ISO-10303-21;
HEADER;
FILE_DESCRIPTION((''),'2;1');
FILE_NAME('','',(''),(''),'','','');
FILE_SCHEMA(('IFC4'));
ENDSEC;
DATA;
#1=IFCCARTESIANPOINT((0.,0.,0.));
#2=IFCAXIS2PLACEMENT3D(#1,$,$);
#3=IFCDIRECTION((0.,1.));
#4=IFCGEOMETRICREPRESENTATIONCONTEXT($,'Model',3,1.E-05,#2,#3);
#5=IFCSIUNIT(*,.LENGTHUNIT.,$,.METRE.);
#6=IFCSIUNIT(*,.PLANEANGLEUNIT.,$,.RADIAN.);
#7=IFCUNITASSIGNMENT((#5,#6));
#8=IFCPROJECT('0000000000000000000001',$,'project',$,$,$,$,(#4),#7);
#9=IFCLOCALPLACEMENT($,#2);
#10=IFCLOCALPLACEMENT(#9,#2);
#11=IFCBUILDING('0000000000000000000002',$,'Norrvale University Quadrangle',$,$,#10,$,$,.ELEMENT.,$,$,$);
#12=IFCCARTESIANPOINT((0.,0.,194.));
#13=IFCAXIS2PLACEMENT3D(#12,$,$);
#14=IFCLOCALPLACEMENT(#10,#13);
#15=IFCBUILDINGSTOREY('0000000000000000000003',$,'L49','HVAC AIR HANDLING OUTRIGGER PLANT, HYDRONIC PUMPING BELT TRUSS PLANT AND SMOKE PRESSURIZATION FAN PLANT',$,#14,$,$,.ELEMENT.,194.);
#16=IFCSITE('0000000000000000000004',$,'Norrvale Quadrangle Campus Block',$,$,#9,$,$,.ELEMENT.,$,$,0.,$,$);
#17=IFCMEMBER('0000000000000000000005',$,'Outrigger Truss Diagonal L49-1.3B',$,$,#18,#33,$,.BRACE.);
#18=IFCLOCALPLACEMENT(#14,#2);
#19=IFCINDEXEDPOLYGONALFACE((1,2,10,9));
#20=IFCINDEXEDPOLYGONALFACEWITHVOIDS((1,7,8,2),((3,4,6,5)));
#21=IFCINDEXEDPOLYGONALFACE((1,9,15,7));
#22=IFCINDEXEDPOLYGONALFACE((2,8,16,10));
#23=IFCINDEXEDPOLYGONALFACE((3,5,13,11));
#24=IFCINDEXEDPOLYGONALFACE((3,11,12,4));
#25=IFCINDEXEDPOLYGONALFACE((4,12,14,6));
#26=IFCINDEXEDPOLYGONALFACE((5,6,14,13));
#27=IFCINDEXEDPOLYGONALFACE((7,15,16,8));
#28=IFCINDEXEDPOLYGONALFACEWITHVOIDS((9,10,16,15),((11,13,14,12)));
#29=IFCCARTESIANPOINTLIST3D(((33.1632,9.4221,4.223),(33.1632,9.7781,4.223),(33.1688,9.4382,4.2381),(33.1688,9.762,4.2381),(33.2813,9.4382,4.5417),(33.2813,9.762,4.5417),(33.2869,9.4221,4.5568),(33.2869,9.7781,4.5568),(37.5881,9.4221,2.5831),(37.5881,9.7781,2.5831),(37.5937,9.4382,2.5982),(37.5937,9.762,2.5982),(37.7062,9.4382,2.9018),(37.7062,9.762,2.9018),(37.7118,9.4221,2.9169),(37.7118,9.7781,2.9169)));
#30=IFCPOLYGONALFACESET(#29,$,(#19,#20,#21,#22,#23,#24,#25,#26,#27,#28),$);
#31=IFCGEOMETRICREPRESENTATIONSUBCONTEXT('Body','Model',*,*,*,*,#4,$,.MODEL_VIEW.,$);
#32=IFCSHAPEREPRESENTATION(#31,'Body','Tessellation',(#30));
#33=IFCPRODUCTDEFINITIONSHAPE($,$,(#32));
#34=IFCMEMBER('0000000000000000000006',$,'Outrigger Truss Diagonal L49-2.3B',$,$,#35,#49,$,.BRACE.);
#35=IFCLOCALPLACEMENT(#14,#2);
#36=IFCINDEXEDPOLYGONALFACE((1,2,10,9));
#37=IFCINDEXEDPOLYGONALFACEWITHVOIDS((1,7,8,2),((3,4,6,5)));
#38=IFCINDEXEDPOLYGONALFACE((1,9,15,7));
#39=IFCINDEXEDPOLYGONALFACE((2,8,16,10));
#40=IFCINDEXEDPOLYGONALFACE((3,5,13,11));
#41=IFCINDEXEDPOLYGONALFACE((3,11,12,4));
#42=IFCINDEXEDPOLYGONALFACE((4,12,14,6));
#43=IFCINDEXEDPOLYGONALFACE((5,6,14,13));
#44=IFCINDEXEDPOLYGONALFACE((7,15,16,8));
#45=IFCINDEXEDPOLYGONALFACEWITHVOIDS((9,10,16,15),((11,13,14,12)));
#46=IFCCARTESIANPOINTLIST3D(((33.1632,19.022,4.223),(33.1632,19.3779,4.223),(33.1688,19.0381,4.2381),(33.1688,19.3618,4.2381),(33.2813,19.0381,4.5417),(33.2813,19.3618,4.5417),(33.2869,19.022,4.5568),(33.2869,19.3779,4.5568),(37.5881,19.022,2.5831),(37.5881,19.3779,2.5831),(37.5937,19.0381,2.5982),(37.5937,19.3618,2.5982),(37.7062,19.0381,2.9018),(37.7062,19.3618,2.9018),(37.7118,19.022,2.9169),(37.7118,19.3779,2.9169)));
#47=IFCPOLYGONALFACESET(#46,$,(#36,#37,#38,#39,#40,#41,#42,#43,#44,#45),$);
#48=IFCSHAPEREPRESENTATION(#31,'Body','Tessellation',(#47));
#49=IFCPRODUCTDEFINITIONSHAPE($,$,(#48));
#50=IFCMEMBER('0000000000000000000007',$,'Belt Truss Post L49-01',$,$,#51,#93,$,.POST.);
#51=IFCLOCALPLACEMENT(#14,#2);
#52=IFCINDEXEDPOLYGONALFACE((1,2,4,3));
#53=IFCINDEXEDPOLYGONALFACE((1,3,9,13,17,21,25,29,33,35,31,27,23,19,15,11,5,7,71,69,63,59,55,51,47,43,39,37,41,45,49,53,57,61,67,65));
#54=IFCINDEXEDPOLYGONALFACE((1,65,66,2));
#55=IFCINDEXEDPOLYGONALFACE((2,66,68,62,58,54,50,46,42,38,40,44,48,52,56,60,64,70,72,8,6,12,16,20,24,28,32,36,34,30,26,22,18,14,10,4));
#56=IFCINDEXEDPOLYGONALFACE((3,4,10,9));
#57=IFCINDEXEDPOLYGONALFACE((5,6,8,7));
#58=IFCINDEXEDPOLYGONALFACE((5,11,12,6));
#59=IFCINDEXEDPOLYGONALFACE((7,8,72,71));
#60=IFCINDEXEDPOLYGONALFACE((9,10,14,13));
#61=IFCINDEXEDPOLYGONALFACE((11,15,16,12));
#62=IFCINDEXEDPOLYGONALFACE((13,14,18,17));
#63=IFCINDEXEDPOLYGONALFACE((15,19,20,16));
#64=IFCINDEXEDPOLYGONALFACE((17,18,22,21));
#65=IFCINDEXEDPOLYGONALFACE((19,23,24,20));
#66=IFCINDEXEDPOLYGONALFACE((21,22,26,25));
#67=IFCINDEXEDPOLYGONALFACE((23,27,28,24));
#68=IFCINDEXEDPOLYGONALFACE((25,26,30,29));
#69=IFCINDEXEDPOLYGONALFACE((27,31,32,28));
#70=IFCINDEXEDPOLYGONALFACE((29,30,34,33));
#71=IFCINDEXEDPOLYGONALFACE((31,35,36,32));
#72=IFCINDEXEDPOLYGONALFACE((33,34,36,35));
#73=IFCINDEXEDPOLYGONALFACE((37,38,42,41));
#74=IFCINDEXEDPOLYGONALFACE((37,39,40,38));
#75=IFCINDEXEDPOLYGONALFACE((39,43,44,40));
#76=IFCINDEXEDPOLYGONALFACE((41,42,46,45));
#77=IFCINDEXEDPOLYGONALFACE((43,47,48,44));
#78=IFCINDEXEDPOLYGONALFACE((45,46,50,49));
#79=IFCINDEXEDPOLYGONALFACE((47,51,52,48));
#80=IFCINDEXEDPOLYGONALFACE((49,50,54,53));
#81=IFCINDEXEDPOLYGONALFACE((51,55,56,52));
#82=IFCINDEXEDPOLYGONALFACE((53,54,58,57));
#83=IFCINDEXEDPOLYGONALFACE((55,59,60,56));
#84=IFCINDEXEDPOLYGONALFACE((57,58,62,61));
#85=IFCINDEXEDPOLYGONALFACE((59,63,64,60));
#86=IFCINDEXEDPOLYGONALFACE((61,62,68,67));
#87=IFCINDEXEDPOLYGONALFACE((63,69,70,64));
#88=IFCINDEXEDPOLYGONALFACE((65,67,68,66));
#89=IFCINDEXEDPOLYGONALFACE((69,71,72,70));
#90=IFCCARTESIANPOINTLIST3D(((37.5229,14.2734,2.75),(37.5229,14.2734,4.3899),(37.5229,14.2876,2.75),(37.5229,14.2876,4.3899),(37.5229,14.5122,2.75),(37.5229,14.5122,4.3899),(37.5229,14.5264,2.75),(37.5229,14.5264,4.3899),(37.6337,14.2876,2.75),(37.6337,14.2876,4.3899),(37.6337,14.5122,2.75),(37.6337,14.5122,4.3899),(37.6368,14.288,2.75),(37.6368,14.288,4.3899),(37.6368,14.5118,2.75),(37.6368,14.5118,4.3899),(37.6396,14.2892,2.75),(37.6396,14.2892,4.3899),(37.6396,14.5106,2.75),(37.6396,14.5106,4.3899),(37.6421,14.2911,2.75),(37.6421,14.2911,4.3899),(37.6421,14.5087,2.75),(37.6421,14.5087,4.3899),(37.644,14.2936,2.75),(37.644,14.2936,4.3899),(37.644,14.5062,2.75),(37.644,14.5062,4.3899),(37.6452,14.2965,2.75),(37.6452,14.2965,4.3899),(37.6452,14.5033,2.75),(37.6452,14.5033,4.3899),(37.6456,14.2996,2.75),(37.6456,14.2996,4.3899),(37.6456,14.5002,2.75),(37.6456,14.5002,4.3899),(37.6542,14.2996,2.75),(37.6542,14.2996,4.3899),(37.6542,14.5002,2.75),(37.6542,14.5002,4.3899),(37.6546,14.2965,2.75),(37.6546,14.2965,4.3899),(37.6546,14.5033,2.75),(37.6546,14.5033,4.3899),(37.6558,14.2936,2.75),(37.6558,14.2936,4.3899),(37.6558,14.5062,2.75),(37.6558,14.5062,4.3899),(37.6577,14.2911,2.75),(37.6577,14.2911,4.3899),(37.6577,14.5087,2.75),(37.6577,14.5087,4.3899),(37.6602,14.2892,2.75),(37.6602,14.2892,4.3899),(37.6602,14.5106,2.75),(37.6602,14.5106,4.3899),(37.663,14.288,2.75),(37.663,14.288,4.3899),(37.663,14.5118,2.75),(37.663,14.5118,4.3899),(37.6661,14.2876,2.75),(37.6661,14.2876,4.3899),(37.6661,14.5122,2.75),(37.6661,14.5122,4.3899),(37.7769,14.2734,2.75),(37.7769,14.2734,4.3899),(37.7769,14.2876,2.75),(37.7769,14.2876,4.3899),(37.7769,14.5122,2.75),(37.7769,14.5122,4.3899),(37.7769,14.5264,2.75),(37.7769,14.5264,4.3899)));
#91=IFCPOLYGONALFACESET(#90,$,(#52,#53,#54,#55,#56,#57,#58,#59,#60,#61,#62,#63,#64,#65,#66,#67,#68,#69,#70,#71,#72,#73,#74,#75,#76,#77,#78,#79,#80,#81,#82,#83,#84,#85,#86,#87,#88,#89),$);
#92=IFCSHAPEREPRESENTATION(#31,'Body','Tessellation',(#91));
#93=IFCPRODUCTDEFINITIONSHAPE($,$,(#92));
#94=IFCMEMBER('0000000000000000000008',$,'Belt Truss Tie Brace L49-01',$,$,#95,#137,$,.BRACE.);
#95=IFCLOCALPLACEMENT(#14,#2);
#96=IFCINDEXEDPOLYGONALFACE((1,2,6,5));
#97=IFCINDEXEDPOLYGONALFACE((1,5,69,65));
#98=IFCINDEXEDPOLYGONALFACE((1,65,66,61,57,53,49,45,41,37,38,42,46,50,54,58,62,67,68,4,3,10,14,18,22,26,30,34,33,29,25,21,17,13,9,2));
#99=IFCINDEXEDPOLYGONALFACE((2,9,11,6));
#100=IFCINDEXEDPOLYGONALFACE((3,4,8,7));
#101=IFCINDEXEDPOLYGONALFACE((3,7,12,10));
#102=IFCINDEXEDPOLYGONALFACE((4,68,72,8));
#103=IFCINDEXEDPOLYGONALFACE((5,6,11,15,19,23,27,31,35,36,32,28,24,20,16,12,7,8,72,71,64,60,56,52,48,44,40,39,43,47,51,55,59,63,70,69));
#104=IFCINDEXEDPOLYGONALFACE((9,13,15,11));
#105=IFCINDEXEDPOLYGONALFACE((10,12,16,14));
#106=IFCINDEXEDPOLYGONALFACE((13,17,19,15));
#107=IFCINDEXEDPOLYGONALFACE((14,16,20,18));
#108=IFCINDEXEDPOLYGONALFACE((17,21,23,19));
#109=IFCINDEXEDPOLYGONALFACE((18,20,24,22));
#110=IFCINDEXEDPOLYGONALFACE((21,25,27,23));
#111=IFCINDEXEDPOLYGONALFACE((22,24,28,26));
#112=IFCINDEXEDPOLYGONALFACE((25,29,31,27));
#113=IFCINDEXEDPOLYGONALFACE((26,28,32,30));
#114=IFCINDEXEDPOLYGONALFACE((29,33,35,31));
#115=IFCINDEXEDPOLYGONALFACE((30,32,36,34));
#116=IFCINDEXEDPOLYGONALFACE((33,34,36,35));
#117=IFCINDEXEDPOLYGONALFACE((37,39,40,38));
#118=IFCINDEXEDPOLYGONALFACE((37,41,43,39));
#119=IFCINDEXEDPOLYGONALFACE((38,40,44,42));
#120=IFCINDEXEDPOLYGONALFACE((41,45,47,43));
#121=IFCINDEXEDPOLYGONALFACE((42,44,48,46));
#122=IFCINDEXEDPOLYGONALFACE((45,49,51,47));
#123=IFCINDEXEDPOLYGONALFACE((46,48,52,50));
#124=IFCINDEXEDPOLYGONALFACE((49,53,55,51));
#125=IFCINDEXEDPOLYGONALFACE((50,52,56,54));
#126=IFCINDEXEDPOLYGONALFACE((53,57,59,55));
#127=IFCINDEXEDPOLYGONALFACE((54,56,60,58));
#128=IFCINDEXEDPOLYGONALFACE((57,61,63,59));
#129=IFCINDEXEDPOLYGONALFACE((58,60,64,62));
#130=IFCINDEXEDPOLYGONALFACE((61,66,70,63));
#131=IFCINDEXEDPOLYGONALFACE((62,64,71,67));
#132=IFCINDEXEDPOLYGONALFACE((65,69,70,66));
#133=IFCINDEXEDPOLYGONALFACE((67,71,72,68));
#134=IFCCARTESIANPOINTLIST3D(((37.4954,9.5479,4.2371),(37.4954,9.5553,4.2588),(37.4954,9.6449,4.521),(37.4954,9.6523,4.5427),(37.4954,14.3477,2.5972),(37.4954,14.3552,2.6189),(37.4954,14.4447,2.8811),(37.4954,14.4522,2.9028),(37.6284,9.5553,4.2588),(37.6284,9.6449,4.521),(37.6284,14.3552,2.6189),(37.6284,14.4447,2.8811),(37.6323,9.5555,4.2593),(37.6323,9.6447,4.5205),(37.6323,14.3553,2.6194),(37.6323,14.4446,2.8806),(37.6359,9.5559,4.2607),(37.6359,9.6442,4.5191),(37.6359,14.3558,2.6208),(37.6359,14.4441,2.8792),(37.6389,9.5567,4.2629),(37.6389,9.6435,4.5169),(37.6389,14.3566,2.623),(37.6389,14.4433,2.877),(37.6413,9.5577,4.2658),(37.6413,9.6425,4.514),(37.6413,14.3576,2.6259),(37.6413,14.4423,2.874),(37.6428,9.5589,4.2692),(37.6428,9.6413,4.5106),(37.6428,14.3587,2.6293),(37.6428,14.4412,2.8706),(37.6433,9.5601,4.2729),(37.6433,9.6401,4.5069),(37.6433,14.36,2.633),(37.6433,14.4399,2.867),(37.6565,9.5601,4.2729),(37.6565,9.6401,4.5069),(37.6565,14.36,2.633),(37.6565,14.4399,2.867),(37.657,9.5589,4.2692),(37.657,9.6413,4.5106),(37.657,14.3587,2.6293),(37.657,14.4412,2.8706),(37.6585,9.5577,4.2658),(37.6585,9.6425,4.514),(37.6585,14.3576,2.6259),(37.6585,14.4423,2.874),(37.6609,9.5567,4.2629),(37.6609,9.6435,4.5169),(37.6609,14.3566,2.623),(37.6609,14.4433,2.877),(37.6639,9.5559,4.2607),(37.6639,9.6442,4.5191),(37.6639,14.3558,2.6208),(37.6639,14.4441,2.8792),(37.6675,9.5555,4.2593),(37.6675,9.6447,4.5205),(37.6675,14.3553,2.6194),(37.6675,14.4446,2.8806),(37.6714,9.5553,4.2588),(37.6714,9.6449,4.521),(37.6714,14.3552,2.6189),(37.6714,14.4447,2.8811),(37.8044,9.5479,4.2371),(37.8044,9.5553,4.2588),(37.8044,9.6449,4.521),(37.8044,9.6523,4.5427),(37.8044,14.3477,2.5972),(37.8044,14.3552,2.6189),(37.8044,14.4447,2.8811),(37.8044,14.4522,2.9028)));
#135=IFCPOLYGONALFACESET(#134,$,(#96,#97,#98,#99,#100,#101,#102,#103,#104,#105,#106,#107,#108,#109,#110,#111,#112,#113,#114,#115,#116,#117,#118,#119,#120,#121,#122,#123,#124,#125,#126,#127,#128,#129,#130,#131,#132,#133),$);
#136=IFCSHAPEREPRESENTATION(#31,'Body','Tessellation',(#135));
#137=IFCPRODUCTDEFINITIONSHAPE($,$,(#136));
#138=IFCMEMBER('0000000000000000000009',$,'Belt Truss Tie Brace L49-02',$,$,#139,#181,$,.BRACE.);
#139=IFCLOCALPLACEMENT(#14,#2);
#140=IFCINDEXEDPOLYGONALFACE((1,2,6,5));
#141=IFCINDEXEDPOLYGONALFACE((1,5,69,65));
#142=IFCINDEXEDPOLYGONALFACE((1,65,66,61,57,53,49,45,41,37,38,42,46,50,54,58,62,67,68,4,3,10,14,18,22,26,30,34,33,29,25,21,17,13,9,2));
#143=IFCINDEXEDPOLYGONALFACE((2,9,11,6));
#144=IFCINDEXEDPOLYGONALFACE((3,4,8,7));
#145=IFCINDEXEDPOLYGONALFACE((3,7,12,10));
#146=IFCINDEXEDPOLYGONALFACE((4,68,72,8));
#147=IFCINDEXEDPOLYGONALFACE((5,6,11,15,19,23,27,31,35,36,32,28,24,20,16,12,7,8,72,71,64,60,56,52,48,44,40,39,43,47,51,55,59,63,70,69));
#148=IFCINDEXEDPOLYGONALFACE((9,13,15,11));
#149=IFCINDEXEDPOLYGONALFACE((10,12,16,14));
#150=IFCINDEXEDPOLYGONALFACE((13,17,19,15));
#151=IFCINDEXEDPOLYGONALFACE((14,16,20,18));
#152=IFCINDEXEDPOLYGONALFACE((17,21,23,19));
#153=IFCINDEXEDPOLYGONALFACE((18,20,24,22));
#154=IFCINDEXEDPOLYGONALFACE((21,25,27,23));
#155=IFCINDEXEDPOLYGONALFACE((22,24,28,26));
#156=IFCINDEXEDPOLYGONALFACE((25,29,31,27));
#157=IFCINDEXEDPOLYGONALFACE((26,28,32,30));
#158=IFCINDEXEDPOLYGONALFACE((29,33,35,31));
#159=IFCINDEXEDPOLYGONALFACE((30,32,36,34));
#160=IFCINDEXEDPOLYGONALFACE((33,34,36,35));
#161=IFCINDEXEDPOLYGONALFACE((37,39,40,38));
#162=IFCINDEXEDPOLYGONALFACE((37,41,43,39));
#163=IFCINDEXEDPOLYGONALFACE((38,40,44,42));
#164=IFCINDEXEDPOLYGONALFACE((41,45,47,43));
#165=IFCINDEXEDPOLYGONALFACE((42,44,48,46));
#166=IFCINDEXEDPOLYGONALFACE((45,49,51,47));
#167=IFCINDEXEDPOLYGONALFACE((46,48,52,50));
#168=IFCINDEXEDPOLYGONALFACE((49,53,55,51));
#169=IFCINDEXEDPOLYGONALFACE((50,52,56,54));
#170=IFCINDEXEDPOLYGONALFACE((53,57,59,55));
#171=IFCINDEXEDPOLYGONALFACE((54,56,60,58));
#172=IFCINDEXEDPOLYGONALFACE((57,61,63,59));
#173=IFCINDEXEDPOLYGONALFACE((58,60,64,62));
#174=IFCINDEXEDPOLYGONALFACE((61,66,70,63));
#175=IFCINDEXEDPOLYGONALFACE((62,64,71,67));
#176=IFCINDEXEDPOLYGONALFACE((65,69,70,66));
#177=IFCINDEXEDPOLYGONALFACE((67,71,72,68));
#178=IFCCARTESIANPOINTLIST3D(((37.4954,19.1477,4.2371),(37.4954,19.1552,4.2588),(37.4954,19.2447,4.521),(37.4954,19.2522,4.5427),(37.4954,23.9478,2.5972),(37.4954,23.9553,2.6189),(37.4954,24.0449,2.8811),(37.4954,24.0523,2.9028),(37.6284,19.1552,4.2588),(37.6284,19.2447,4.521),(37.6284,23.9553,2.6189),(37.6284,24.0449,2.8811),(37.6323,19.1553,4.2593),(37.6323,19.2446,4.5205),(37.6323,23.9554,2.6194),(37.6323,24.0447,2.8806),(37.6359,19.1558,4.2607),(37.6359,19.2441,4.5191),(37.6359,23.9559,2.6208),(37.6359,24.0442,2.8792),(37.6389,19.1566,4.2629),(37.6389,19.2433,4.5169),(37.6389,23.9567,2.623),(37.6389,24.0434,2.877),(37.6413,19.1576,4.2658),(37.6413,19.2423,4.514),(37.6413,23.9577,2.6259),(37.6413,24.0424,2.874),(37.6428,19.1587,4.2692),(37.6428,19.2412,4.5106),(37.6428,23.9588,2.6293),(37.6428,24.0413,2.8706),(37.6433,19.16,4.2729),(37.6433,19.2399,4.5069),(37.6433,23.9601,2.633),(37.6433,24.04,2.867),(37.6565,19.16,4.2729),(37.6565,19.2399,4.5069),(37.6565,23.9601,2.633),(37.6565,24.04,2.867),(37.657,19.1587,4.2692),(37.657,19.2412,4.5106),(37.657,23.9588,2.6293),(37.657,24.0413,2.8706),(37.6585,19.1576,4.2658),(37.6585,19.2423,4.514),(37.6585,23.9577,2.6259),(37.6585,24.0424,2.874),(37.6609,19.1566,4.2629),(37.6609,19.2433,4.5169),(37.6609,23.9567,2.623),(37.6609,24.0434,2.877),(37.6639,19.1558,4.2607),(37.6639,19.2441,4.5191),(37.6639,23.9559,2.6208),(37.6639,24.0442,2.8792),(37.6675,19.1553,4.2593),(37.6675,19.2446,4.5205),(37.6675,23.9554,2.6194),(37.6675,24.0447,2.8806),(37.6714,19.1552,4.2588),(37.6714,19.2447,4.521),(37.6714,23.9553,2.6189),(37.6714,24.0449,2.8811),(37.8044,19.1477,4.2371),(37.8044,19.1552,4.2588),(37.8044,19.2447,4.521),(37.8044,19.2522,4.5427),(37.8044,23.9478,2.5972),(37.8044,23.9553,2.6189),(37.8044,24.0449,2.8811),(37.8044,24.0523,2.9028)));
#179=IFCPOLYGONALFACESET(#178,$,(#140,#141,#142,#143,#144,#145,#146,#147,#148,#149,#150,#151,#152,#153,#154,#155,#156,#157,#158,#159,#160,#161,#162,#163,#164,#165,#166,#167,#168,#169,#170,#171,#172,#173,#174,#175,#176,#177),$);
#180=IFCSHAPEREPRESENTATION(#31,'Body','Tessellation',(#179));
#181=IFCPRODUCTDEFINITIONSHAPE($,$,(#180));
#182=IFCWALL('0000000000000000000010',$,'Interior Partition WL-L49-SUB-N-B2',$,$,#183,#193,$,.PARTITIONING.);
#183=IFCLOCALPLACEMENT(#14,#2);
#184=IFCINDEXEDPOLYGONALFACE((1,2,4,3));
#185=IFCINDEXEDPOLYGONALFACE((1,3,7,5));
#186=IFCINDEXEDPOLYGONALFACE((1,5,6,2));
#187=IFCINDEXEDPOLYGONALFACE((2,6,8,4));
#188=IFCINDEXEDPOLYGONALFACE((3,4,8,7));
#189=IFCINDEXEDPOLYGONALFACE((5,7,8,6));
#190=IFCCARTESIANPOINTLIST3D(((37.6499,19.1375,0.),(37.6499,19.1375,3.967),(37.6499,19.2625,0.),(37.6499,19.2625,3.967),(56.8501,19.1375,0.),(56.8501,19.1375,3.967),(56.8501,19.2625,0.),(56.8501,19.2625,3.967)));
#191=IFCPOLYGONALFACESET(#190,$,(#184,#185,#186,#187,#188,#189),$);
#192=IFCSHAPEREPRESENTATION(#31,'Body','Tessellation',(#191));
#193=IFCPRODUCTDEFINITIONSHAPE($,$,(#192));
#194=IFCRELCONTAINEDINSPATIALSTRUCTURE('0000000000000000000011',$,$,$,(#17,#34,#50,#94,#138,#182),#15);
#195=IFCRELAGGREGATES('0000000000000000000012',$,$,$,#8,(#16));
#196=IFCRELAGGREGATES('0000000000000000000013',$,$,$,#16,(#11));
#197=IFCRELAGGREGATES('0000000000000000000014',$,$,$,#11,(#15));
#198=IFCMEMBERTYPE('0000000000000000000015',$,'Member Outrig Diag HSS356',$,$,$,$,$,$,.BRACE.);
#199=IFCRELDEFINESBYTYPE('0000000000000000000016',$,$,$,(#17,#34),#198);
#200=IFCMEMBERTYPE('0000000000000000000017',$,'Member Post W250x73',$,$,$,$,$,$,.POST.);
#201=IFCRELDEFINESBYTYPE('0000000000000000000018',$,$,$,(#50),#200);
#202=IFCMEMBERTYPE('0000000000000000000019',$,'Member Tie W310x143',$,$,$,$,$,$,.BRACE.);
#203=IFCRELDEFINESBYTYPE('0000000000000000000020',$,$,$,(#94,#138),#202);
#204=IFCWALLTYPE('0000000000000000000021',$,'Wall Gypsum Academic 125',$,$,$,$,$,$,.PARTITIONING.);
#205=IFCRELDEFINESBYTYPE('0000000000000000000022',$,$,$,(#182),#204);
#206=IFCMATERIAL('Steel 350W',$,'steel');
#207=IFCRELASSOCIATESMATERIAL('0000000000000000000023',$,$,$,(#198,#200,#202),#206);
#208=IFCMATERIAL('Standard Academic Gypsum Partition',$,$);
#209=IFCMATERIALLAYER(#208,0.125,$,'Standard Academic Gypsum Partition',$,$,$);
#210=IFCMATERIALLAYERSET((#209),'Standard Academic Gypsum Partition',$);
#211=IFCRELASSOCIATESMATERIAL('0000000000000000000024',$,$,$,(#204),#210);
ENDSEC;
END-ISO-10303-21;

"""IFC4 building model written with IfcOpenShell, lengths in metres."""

from ifc_helpers import new_model, si_unit, direction, frame, frame_2d, origin, origin_2d, place, context, subcontext, project, spatial, rectangle, hollow_rectangle, i_section, extrude, material, layer, layer_set, material_profile, profile_set, type_object, element, save


model = new_model("IFC4")

# Units and contexts
model_context = context("Model", 3, precision=1e-05, world=origin(), true_north=direction((0.0, 1.0)))
body_context = subcontext(model_context, "Body", "Model", "MODEL_VIEW")
ifc_project = project(units=[si_unit("LENGTHUNIT", "METRE"), si_unit("PLANEANGLEUNIT", "RADIAN")], contexts=[model_context])

# Site, building, storey
site_placement = place(None, origin())
site = spatial("IfcSite", under=ifc_project, at=site_placement, Name="Norrvale Quadrangle Campus Block", CompositionType="ELEMENT", RefElevation=0.0)
building_placement = place(site_placement, origin())
building = spatial("IfcBuilding", under=site, at=building_placement, Name="Norrvale University Quadrangle", CompositionType="ELEMENT")
storey_placement = place(building_placement, frame((0.0, 0.0, 194.0)))
storey = spatial("IfcBuildingStorey", under=building, at=storey_placement, Name="L49", Description="HVAC AIR HANDLING OUTRIGGER PLANT, HYDRONIC PUMPING BELT TRUSS PLANT AND SMOKE PRESSURIZATION FAN PLANT", CompositionType="ELEMENT", Elevation=194.0)

# Shared definitions
ifc_material_1 = material(Name="Steel 350W", Category="steel")

# Members
ifc_material_profile_1 = material_profile(ifc_material_1, hollow_rectangle(XDim=0.356, YDim=0.356, WallThickness=0.0161, at=origin_2d()), Name="Steel 350W")
ifc_profile_set_1 = profile_set([ifc_material_profile_1], Name="Steel 350W")
member_type_1 = type_object("IfcMemberType", Name="Member Outrig Diag HSS356", PredefinedType="BRACE", material=ifc_profile_set_1)
for number, where, z_axis, x_axis, name in (
    (1, (37.6499, 9.6001, 2.75), (-0.937674, 0.0, 0.347515), (0.0, -1.0, 0.0), "Outrigger Truss Diagonal L49-1.3B"),
    (2, (37.6499, 19.2, 2.75), (-0.937674, 0.0, 0.347515), (0.0, -1.0, 0.0), "Outrigger Truss Diagonal L49-2.3B"),
):
    element("IfcMember", number, at=place(storey_placement, frame(where, z_axis=z_axis, x_axis=x_axis)), inside=storey, type_object=member_type_1, Name=name, PredefinedType="BRACE", context=body_context, shape_type="SweptSolid", body=[
        extrude(hollow_rectangle(XDim=0.356, YDim=0.356, WallThickness=0.0161, at=origin_2d()), origin(), (0.0, 0.0, 1.0), 4.719),
    ])
ifc_material_profile_2 = material_profile(ifc_material_1, i_section(OverallWidth=0.2539, OverallDepth=0.2529, WebThickness=0.0085, FlangeThickness=0.0142, FilletRadius=0.012, at=origin_2d()), Name="Steel 350W")
ifc_profile_set_2 = profile_set([ifc_material_profile_2], Name="Steel 350W")
member_type_2 = type_object("IfcMemberType", Name="Member Post W250x73", PredefinedType="POST", material=ifc_profile_set_2)
member_1_placement = place(storey_placement, frame((37.6499, 14.3999, 2.75), z_axis=(0.0, 0.0, 1.0), x_axis=(1.0, 0.0, 0.0)))
element("IfcMember", 3, at=member_1_placement, inside=storey, type_object=member_type_2, Name="Belt Truss Post L49-01", PredefinedType="POST", context=body_context, shape_type="SweptSolid", body=[
    extrude(i_section(OverallWidth=0.2539, OverallDepth=0.2529, WebThickness=0.0085, FlangeThickness=0.0142, FilletRadius=0.012, at=origin_2d()), origin(), (0.0, 0.0, 1.0), 1.6399),
])
ifc_material_profile_3 = material_profile(ifc_material_1, i_section(OverallWidth=0.3091, OverallDepth=0.323, WebThickness=0.0132, FlangeThickness=0.0229, FilletRadius=0.0149, at=origin_2d()), Name="Steel 350W")
ifc_profile_set_3 = profile_set([ifc_material_profile_3], Name="Steel 350W")
member_type_3 = type_object("IfcMemberType", Name="Member Tie W310x143", PredefinedType="BRACE", material=ifc_profile_set_3)
member_2_placement = place(storey_placement, frame((37.6499, 9.6001, 4.3899), z_axis=(0.0, 0.946293, -0.323309), x_axis=(-1.0, 0.0, 0.0)))
element("IfcMember", 4, at=member_2_placement, inside=storey, type_object=member_type_3, Name="Belt Truss Tie Brace L49-01", PredefinedType="BRACE", context=body_context, shape_type="SweptSolid", body=[
    extrude(i_section(OverallWidth=0.3091, OverallDepth=0.323, WebThickness=0.0132, FlangeThickness=0.0229, FilletRadius=0.0149, at=origin_2d()), origin(), (0.0, 0.0, 1.0), 5.0723),
])
member_3_placement = place(storey_placement, frame((37.6499, 19.2, 4.3899), z_axis=(0.0, 0.946299, -0.323294), x_axis=(-1.0, 0.0, 0.0)))
element("IfcMember", 5, at=member_3_placement, inside=storey, type_object=member_type_3, Name="Belt Truss Tie Brace L49-02", PredefinedType="BRACE", context=body_context, shape_type="SweptSolid", body=[
    extrude(i_section(OverallWidth=0.3091, OverallDepth=0.323, WebThickness=0.0132, FlangeThickness=0.0229, FilletRadius=0.0149, at=origin_2d()), origin(), (0.0, 0.0, 1.0), 5.0725),
])

# Wall
ifc_material_2 = material(Name="Standard Academic Gypsum Partition")
ifc_layer_1 = layer(ifc_material_2, 0.125, Name="Standard Academic Gypsum Partition")
ifc_layer_set_1 = layer_set([ifc_layer_1], Name="Standard Academic Gypsum Partition")
wall_type_1 = type_object("IfcWallType", Name="Wall Gypsum Academic 125", PredefinedType="PARTITIONING", material=ifc_layer_set_1)
wall_1_placement = place(storey_placement, frame((37.6499, 19.2, 0.0), z_axis=(0.0, 0.0, 1.0), x_axis=(1.0, 0.0, 0.0)))
element("IfcWall", 6, at=wall_1_placement, inside=storey, type_object=wall_type_1, Name="Interior Partition WL-L49-SUB-N-B2", PredefinedType="PARTITIONING", context=body_context, shape_type="SweptSolid", body=[
    extrude(rectangle(XDim=19.2002, YDim=0.125, at=frame_2d((9.6001, 0.0))), origin(), (0.0, 0.0, 1.0), 3.967),
])

save(model, "model.ifc")
